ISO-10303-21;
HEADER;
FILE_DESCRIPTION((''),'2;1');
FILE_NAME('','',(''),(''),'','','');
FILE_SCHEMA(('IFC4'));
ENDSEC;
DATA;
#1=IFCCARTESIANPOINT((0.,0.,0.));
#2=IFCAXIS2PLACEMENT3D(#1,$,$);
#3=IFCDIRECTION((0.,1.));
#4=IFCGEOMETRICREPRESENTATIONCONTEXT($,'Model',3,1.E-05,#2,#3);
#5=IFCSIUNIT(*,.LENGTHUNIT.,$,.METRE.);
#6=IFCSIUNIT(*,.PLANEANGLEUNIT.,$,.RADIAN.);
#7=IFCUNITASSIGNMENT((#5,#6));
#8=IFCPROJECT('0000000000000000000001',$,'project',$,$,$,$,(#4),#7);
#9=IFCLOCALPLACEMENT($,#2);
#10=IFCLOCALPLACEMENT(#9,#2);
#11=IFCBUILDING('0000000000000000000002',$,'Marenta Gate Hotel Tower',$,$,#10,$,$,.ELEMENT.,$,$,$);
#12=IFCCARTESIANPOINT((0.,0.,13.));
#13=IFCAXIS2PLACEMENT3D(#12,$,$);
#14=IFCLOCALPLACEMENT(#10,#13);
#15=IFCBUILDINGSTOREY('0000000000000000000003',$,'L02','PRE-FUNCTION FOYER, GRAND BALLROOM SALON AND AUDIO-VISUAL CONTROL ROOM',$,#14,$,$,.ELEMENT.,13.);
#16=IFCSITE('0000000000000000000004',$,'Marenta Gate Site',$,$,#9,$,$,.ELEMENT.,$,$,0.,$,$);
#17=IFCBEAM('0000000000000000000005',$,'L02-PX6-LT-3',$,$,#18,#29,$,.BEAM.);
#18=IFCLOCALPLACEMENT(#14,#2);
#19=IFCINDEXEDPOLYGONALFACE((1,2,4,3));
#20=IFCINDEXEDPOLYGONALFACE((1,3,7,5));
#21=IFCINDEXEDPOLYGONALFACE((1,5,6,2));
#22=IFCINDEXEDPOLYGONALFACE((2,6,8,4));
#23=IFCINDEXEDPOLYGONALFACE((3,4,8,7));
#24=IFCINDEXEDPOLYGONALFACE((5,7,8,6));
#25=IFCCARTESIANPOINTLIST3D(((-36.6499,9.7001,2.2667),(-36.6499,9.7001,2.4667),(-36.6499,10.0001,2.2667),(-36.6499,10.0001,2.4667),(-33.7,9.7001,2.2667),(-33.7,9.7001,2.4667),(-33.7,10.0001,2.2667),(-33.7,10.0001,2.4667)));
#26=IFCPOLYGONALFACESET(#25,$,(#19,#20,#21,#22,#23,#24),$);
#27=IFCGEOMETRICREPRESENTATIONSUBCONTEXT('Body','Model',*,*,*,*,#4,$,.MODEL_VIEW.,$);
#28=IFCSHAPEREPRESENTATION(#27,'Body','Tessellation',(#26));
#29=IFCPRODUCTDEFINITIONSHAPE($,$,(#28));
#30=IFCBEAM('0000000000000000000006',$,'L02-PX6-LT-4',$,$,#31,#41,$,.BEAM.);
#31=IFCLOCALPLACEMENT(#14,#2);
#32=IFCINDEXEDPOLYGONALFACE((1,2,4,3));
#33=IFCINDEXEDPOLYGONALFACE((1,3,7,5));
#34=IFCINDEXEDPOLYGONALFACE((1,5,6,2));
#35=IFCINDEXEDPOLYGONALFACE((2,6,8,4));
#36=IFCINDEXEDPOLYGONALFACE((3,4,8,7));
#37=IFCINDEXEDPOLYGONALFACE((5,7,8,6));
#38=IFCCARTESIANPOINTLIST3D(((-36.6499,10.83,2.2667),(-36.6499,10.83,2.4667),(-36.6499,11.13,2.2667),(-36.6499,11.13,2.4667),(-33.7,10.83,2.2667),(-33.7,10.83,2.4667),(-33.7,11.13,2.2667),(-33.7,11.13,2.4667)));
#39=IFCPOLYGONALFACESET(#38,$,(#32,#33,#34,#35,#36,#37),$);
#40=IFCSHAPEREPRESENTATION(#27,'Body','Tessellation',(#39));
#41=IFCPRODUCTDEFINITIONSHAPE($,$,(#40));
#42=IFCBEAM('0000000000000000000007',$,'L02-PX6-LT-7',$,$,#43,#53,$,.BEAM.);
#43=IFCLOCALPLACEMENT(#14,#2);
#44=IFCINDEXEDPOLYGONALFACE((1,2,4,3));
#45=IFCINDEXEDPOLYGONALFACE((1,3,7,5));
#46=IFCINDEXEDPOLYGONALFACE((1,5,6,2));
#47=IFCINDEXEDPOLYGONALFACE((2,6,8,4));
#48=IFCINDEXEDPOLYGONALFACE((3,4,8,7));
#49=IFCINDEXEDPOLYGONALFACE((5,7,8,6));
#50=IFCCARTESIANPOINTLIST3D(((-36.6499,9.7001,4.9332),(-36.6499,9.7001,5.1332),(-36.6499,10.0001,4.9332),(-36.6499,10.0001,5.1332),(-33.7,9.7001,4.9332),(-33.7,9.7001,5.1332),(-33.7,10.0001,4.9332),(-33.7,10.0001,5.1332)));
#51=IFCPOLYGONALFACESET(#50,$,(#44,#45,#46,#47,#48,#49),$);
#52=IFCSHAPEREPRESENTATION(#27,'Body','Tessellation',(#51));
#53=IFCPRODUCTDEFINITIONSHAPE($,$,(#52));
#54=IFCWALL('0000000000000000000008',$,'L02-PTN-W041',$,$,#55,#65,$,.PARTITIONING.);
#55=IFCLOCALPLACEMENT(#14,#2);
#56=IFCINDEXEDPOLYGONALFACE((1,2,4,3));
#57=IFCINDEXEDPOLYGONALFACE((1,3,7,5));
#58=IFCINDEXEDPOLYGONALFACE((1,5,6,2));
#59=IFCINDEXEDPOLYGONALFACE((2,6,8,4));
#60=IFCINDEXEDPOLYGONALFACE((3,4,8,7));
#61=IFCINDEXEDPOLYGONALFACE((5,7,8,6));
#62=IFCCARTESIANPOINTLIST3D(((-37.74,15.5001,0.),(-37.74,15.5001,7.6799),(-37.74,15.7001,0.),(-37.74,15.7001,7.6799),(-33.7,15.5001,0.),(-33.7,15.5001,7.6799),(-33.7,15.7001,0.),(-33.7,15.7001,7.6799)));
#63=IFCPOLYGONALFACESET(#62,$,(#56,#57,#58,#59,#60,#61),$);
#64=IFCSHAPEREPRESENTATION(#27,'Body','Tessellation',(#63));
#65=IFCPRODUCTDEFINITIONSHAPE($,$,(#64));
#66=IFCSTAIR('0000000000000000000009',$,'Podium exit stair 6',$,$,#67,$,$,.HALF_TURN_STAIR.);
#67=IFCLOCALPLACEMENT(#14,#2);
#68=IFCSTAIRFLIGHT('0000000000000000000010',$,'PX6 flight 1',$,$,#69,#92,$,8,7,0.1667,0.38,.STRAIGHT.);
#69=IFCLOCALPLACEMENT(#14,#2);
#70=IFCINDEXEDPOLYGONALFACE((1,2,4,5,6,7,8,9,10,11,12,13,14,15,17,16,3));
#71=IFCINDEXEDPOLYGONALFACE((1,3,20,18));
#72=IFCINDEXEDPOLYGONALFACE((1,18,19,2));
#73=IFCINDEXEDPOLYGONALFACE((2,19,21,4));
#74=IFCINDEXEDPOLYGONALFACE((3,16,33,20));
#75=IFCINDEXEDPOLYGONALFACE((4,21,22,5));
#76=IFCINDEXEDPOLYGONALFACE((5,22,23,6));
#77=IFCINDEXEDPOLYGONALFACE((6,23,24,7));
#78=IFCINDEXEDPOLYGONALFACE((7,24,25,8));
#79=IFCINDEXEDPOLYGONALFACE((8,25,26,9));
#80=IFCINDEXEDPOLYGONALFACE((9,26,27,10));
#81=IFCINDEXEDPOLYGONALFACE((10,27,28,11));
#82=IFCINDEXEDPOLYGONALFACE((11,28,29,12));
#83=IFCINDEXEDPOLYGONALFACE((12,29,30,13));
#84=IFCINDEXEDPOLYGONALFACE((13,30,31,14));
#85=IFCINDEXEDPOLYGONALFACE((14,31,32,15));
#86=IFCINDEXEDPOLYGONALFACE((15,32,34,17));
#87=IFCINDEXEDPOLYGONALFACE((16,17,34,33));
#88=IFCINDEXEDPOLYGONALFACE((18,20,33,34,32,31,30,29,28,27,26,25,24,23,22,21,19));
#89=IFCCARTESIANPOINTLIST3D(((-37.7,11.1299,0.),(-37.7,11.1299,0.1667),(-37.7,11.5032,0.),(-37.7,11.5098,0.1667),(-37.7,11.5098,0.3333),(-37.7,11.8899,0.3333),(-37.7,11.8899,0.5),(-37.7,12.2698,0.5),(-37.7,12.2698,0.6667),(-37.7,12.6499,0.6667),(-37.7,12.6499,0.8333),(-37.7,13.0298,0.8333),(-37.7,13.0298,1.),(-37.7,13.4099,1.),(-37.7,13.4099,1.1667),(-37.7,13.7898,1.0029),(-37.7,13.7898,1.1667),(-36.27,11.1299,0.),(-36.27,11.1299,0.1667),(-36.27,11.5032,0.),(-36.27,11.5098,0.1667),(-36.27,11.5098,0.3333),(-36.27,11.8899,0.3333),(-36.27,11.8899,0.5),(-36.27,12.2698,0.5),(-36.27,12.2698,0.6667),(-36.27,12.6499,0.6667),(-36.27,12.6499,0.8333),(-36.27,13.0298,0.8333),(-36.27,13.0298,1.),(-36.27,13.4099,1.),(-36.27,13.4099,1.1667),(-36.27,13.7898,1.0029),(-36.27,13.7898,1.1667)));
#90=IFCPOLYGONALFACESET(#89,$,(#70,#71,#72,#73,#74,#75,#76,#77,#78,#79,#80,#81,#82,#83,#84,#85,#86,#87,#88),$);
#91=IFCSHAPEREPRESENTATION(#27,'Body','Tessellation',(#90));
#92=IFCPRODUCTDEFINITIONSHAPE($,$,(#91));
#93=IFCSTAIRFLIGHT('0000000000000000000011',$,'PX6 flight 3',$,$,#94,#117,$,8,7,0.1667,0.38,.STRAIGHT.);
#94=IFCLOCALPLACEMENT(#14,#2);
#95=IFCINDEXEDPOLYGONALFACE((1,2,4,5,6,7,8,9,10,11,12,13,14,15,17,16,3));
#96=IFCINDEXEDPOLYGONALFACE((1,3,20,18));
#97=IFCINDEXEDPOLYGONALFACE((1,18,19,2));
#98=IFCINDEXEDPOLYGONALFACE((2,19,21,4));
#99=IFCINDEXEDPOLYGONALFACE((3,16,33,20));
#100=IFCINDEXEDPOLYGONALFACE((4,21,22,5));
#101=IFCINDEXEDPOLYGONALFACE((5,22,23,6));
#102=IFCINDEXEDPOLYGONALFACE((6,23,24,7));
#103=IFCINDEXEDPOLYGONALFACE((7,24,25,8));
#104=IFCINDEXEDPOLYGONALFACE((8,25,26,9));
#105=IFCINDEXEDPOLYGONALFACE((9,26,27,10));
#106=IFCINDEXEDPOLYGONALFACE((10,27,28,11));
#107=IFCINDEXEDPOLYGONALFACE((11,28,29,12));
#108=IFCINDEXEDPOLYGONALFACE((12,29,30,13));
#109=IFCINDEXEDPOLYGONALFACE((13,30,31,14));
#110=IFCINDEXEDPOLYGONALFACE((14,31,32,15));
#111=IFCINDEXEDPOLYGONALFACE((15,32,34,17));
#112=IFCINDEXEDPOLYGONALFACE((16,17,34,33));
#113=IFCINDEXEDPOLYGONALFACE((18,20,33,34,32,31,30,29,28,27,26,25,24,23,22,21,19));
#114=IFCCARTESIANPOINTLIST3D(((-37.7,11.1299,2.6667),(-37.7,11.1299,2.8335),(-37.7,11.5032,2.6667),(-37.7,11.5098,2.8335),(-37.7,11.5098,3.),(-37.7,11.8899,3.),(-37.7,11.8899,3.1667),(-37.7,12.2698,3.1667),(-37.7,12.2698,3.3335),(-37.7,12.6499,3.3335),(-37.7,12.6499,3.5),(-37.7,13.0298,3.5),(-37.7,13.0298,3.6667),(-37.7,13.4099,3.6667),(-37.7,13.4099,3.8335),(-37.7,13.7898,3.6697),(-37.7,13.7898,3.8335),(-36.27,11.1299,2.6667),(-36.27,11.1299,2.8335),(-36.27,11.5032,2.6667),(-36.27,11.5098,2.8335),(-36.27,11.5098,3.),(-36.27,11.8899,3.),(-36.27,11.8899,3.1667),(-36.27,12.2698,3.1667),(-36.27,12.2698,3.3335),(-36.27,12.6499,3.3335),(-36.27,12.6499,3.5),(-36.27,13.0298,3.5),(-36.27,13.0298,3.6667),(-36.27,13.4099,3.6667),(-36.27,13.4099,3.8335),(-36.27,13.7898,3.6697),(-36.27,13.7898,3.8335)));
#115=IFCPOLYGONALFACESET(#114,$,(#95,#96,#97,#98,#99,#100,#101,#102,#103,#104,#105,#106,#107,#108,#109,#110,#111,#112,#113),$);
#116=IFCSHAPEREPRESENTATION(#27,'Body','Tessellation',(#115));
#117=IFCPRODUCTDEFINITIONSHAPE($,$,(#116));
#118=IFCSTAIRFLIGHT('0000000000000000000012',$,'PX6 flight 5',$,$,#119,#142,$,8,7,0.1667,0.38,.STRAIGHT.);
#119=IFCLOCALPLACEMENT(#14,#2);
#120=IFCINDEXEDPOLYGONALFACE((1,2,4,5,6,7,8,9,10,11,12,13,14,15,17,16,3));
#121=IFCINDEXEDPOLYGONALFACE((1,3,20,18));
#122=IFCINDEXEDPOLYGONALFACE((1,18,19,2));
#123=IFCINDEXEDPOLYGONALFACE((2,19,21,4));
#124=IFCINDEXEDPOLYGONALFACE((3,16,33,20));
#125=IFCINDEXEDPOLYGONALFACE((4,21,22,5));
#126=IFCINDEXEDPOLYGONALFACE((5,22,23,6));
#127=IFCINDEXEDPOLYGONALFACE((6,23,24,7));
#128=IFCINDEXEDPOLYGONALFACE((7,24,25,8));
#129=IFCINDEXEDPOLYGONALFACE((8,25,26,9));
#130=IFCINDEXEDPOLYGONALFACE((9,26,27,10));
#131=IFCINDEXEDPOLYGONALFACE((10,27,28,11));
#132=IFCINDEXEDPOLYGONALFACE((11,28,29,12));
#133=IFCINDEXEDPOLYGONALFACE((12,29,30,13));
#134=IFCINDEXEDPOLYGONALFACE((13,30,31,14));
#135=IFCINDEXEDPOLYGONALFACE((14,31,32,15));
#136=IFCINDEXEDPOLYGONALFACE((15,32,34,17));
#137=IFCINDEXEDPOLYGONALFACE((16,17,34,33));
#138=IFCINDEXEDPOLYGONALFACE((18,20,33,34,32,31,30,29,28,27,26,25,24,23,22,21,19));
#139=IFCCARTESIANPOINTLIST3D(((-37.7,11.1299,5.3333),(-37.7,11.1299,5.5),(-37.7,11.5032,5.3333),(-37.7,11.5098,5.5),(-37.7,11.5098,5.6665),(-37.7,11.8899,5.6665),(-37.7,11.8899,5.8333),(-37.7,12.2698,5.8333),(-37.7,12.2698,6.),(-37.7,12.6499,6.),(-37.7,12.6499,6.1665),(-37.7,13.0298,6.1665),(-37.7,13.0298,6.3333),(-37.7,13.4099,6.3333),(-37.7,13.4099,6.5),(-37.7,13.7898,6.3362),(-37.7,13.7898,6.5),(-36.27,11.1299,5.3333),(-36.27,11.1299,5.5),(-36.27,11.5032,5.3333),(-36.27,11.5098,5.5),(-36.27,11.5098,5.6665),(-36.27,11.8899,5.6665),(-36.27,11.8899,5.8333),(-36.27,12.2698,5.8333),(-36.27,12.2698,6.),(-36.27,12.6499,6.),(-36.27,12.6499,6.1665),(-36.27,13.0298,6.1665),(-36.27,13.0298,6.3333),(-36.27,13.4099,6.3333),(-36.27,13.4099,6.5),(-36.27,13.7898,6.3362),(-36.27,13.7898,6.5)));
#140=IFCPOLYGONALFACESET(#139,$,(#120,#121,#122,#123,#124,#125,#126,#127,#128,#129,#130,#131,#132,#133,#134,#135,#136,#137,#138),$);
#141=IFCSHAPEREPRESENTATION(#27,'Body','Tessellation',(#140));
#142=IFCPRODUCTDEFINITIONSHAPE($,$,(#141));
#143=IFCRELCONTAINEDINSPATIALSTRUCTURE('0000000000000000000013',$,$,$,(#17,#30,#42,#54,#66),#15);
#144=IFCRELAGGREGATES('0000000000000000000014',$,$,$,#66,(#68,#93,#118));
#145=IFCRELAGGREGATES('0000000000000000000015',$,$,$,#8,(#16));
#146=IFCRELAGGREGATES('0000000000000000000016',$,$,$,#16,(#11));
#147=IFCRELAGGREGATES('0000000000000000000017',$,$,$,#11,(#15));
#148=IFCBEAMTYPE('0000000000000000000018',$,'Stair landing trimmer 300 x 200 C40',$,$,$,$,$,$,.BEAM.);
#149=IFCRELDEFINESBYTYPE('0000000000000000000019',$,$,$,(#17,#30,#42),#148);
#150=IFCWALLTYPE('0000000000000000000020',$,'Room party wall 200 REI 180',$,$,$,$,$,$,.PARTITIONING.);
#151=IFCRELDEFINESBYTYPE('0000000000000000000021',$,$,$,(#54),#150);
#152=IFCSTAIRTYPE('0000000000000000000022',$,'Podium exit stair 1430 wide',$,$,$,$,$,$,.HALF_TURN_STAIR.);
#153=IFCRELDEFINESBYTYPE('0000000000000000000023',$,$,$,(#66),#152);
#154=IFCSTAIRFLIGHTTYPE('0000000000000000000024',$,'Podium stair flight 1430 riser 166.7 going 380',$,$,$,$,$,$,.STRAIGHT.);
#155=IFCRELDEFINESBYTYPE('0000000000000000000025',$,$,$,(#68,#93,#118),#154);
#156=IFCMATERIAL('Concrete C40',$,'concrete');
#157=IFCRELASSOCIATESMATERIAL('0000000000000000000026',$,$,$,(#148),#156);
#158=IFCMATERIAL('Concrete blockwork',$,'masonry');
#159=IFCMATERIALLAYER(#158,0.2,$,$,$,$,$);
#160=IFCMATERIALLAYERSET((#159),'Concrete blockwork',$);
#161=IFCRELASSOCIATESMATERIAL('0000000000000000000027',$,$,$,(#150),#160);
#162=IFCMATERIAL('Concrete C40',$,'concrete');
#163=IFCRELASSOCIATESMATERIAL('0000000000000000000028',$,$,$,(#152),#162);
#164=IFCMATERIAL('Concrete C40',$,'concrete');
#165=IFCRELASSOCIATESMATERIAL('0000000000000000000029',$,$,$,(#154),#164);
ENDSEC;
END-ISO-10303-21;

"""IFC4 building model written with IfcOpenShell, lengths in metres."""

from ifc_helpers import new_model, si_unit, direction, frame, frame_2d, origin, origin_2d, place, context, subcontext, project, spatial, polyline, rectangle, outline, extrude, material, layer, layer_set, material_profile, profile_set, type_object, element, aggregate, save


model = new_model("IFC4")

# Units and contexts
model_context = context("Model", 3, precision=1e-05, world=origin(), true_north=direction((0.0, 1.0)))
body_context = subcontext(model_context, "Body", "Model", "MODEL_VIEW")
ifc_project = project(units=[si_unit("LENGTHUNIT", "METRE"), si_unit("PLANEANGLEUNIT", "RADIAN")], contexts=[model_context])

# Site, building, storey
site_placement = place(None, origin())
site = spatial("IfcSite", under=ifc_project, at=site_placement, Name="Marenta Gate Site", CompositionType="ELEMENT", RefElevation=0.0)
building_placement = place(site_placement, origin())
building = spatial("IfcBuilding", under=site, at=building_placement, Name="Marenta Gate Hotel Tower", CompositionType="ELEMENT")
storey_placement = place(building_placement, frame((0.0, 0.0, 13.0)))
storey = spatial("IfcBuildingStorey", under=building, at=storey_placement, Name="L02", Description="PRE-FUNCTION FOYER, GRAND BALLROOM SALON AND AUDIO-VISUAL CONTROL ROOM", CompositionType="ELEMENT", Elevation=13.0)

# Beams
ifc_material_1 = material(Name="Concrete C40", Category="concrete")
ifc_material_profile = material_profile(ifc_material_1, rectangle(XDim=0.3, YDim=0.2, at=origin_2d()), Name="300 x 200")
ifc_profile_set = profile_set([ifc_material_profile], Name="Concrete C40")
beam_type = type_object("IfcBeamType", Name="Stair landing trimmer 300 x 200 C40", PredefinedType="BEAM", material=ifc_profile_set)
for number, where, z_axis, x_axis, name in (
    (1, (-36.6499, 9.8501, 2.3667), (1.0, 0.0, 0.0), (0.0, 1.0, 0.0), "L02-PX6-LT-3"),
    (2, (-36.6499, 10.98, 2.3667), (1.0, 0.0, 0.0), (0.0, 1.0, 0.0), "L02-PX6-LT-4"),
    (3, (-36.6499, 9.8501, 5.0332), (1.0, 0.0, 0.0), (0.0, 1.0, 0.0), "L02-PX6-LT-7"),
):
    element("IfcBeam", number, at=place(storey_placement, frame(where, z_axis=z_axis, x_axis=x_axis)), inside=storey, type_object=beam_type, Name=name, PredefinedType="BEAM", context=body_context, shape_type="SweptSolid", body=[
        extrude(rectangle(XDim=0.3, YDim=0.2, at=origin_2d()), origin(), (0.0, 0.0, 1.0), 2.95),
    ])

# Wall
ifc_material_2 = material(Name="Concrete blockwork", Category="masonry")
ifc_layer_1 = layer(ifc_material_2, 0.2)
ifc_layer_set_1 = layer_set([ifc_layer_1], Name="Concrete blockwork")
wall_type_1 = type_object("IfcWallType", Name="Room party wall 200 REI 180", PredefinedType="PARTITIONING", material=ifc_layer_set_1)
wall_1_placement = place(storey_placement, frame((-37.74, 15.6001, 0.0), z_axis=(0.0, 0.0, 1.0), x_axis=(1.0, 0.0, 0.0)))
element("IfcWall", 4, at=wall_1_placement, inside=storey, type_object=wall_type_1, Name="L02-PTN-W041", PredefinedType="PARTITIONING", context=body_context, shape_type="SweptSolid", body=[
    extrude(rectangle(XDim=4.04, YDim=0.2, at=frame_2d((2.02, 0.0))), origin(), (0.0, 0.0, 1.0), 7.6799),
])

# Stair, stair flights
ifc_material_3 = material(Name="Concrete C40", Category="concrete")
stair_type = type_object("IfcStairType", Name="Podium exit stair 1430 wide", PredefinedType="HALF_TURN_STAIR", material=ifc_material_3)
stair_placement = place(storey_placement, origin())
stair = element("IfcStair", 5, at=stair_placement, inside=storey, type_object=stair_type, Name="Podium exit stair 6", PredefinedType="HALF_TURN_STAIR")
ifc_material_4 = material(Name="Concrete C40", Category="concrete")
stair_flight_type = type_object("IfcStairFlightType", Name="Podium stair flight 1430 riser 166.7 going 380", PredefinedType="STRAIGHT", material=ifc_material_4)
stair_flight_1_placement = place(storey_placement, frame((-36.9851, 11.1299, 0.0), z_axis=(0.0, 0.0, 1.0), x_axis=(0.0, 1.0, 0.0)))
stair_flight_1 = element("IfcStairFlight", 6, at=stair_flight_1_placement, type_object=stair_flight_type, Name="PX6 flight 1", NumberOfRisers=8, NumberOfTreads=7, PredefinedType="STRAIGHT", RiserHeight=0.1667, TreadLength=0.38, context=body_context, shape_type="SweptSolid", body=[
    extrude(outline(polyline([(0.0, 0.0), (0.0, 0.1667), (0.3799, 0.1667), (0.3799, 0.3333), (0.76, 0.3333), (0.76, 0.5), (1.1399, 0.5), (1.1399, 0.6667), (1.52, 0.6667), (1.52, 0.8333), (1.8999, 0.8333), (1.8999, 1.0), (2.28, 1.0), (2.28, 1.1667), (2.6599, 1.1667), (2.6599, 1.3333), (2.6599, 1.0029), (0.3733, 0.0), (0.0, 0.0)])), frame((0.0, 0.7148, 0.0), z_axis=(0.0, -1.0, 0.0), x_axis=(1.0, 0.0, 0.0)), (0.0, 0.0, 1.0), 1.4299),
])
stair_flight_2_placement = place(storey_placement, frame((-36.9851, 11.1299, 2.6667), z_axis=(0.0, 0.0, 1.0), x_axis=(0.0, 1.0, 0.0)))
stair_flight_2 = element("IfcStairFlight", 7, at=stair_flight_2_placement, type_object=stair_flight_type, Name="PX6 flight 3", NumberOfRisers=8, NumberOfTreads=7, PredefinedType="STRAIGHT", RiserHeight=0.1667, TreadLength=0.38, context=body_context, shape_type="SweptSolid", body=[
    extrude(outline(polyline([(0.0, 0.0), (0.0, 0.1667), (0.3799, 0.1667), (0.3799, 0.3333), (0.76, 0.3333), (0.76, 0.5), (1.1399, 0.5), (1.1399, 0.6667), (1.52, 0.6667), (1.52, 0.8333), (1.8999, 0.8333), (1.8999, 1.0), (2.28, 1.0), (2.28, 1.1667), (2.6599, 1.1667), (2.6599, 1.3333), (2.6599, 1.0029), (0.3733, 0.0), (0.0, 0.0)])), frame((0.0, 0.7148, 0.0), z_axis=(0.0, -1.0, 0.0), x_axis=(1.0, 0.0, 0.0)), (0.0, 0.0, 1.0), 1.4299),
])
stair_flight_3_placement = place(storey_placement, frame((-36.9851, 11.1299, 5.3333), z_axis=(0.0, 0.0, 1.0), x_axis=(0.0, 1.0, 0.0)))
stair_flight_3 = element("IfcStairFlight", 8, at=stair_flight_3_placement, type_object=stair_flight_type, Name="PX6 flight 5", NumberOfRisers=8, NumberOfTreads=7, PredefinedType="STRAIGHT", RiserHeight=0.1667, TreadLength=0.38, context=body_context, shape_type="SweptSolid", body=[
    extrude(outline(polyline([(0.0, 0.0), (0.0, 0.1667), (0.3799, 0.1667), (0.3799, 0.3333), (0.76, 0.3333), (0.76, 0.5), (1.1399, 0.5), (1.1399, 0.6667), (1.52, 0.6667), (1.52, 0.8333), (1.8999, 0.8333), (1.8999, 1.0), (2.28, 1.0), (2.28, 1.1667), (2.6599, 1.1667), (2.6599, 1.3333), (2.6599, 1.0029), (0.3733, 0.0), (0.0, 0.0)])), frame((0.0, 0.7148, 0.0), z_axis=(0.0, -1.0, 0.0), x_axis=(1.0, 0.0, 0.0)), (0.0, 0.0, 1.0), 1.4299),
])
aggregate(stair, [stair_flight_1, stair_flight_2, stair_flight_3])

save(model, "model.ifc")
